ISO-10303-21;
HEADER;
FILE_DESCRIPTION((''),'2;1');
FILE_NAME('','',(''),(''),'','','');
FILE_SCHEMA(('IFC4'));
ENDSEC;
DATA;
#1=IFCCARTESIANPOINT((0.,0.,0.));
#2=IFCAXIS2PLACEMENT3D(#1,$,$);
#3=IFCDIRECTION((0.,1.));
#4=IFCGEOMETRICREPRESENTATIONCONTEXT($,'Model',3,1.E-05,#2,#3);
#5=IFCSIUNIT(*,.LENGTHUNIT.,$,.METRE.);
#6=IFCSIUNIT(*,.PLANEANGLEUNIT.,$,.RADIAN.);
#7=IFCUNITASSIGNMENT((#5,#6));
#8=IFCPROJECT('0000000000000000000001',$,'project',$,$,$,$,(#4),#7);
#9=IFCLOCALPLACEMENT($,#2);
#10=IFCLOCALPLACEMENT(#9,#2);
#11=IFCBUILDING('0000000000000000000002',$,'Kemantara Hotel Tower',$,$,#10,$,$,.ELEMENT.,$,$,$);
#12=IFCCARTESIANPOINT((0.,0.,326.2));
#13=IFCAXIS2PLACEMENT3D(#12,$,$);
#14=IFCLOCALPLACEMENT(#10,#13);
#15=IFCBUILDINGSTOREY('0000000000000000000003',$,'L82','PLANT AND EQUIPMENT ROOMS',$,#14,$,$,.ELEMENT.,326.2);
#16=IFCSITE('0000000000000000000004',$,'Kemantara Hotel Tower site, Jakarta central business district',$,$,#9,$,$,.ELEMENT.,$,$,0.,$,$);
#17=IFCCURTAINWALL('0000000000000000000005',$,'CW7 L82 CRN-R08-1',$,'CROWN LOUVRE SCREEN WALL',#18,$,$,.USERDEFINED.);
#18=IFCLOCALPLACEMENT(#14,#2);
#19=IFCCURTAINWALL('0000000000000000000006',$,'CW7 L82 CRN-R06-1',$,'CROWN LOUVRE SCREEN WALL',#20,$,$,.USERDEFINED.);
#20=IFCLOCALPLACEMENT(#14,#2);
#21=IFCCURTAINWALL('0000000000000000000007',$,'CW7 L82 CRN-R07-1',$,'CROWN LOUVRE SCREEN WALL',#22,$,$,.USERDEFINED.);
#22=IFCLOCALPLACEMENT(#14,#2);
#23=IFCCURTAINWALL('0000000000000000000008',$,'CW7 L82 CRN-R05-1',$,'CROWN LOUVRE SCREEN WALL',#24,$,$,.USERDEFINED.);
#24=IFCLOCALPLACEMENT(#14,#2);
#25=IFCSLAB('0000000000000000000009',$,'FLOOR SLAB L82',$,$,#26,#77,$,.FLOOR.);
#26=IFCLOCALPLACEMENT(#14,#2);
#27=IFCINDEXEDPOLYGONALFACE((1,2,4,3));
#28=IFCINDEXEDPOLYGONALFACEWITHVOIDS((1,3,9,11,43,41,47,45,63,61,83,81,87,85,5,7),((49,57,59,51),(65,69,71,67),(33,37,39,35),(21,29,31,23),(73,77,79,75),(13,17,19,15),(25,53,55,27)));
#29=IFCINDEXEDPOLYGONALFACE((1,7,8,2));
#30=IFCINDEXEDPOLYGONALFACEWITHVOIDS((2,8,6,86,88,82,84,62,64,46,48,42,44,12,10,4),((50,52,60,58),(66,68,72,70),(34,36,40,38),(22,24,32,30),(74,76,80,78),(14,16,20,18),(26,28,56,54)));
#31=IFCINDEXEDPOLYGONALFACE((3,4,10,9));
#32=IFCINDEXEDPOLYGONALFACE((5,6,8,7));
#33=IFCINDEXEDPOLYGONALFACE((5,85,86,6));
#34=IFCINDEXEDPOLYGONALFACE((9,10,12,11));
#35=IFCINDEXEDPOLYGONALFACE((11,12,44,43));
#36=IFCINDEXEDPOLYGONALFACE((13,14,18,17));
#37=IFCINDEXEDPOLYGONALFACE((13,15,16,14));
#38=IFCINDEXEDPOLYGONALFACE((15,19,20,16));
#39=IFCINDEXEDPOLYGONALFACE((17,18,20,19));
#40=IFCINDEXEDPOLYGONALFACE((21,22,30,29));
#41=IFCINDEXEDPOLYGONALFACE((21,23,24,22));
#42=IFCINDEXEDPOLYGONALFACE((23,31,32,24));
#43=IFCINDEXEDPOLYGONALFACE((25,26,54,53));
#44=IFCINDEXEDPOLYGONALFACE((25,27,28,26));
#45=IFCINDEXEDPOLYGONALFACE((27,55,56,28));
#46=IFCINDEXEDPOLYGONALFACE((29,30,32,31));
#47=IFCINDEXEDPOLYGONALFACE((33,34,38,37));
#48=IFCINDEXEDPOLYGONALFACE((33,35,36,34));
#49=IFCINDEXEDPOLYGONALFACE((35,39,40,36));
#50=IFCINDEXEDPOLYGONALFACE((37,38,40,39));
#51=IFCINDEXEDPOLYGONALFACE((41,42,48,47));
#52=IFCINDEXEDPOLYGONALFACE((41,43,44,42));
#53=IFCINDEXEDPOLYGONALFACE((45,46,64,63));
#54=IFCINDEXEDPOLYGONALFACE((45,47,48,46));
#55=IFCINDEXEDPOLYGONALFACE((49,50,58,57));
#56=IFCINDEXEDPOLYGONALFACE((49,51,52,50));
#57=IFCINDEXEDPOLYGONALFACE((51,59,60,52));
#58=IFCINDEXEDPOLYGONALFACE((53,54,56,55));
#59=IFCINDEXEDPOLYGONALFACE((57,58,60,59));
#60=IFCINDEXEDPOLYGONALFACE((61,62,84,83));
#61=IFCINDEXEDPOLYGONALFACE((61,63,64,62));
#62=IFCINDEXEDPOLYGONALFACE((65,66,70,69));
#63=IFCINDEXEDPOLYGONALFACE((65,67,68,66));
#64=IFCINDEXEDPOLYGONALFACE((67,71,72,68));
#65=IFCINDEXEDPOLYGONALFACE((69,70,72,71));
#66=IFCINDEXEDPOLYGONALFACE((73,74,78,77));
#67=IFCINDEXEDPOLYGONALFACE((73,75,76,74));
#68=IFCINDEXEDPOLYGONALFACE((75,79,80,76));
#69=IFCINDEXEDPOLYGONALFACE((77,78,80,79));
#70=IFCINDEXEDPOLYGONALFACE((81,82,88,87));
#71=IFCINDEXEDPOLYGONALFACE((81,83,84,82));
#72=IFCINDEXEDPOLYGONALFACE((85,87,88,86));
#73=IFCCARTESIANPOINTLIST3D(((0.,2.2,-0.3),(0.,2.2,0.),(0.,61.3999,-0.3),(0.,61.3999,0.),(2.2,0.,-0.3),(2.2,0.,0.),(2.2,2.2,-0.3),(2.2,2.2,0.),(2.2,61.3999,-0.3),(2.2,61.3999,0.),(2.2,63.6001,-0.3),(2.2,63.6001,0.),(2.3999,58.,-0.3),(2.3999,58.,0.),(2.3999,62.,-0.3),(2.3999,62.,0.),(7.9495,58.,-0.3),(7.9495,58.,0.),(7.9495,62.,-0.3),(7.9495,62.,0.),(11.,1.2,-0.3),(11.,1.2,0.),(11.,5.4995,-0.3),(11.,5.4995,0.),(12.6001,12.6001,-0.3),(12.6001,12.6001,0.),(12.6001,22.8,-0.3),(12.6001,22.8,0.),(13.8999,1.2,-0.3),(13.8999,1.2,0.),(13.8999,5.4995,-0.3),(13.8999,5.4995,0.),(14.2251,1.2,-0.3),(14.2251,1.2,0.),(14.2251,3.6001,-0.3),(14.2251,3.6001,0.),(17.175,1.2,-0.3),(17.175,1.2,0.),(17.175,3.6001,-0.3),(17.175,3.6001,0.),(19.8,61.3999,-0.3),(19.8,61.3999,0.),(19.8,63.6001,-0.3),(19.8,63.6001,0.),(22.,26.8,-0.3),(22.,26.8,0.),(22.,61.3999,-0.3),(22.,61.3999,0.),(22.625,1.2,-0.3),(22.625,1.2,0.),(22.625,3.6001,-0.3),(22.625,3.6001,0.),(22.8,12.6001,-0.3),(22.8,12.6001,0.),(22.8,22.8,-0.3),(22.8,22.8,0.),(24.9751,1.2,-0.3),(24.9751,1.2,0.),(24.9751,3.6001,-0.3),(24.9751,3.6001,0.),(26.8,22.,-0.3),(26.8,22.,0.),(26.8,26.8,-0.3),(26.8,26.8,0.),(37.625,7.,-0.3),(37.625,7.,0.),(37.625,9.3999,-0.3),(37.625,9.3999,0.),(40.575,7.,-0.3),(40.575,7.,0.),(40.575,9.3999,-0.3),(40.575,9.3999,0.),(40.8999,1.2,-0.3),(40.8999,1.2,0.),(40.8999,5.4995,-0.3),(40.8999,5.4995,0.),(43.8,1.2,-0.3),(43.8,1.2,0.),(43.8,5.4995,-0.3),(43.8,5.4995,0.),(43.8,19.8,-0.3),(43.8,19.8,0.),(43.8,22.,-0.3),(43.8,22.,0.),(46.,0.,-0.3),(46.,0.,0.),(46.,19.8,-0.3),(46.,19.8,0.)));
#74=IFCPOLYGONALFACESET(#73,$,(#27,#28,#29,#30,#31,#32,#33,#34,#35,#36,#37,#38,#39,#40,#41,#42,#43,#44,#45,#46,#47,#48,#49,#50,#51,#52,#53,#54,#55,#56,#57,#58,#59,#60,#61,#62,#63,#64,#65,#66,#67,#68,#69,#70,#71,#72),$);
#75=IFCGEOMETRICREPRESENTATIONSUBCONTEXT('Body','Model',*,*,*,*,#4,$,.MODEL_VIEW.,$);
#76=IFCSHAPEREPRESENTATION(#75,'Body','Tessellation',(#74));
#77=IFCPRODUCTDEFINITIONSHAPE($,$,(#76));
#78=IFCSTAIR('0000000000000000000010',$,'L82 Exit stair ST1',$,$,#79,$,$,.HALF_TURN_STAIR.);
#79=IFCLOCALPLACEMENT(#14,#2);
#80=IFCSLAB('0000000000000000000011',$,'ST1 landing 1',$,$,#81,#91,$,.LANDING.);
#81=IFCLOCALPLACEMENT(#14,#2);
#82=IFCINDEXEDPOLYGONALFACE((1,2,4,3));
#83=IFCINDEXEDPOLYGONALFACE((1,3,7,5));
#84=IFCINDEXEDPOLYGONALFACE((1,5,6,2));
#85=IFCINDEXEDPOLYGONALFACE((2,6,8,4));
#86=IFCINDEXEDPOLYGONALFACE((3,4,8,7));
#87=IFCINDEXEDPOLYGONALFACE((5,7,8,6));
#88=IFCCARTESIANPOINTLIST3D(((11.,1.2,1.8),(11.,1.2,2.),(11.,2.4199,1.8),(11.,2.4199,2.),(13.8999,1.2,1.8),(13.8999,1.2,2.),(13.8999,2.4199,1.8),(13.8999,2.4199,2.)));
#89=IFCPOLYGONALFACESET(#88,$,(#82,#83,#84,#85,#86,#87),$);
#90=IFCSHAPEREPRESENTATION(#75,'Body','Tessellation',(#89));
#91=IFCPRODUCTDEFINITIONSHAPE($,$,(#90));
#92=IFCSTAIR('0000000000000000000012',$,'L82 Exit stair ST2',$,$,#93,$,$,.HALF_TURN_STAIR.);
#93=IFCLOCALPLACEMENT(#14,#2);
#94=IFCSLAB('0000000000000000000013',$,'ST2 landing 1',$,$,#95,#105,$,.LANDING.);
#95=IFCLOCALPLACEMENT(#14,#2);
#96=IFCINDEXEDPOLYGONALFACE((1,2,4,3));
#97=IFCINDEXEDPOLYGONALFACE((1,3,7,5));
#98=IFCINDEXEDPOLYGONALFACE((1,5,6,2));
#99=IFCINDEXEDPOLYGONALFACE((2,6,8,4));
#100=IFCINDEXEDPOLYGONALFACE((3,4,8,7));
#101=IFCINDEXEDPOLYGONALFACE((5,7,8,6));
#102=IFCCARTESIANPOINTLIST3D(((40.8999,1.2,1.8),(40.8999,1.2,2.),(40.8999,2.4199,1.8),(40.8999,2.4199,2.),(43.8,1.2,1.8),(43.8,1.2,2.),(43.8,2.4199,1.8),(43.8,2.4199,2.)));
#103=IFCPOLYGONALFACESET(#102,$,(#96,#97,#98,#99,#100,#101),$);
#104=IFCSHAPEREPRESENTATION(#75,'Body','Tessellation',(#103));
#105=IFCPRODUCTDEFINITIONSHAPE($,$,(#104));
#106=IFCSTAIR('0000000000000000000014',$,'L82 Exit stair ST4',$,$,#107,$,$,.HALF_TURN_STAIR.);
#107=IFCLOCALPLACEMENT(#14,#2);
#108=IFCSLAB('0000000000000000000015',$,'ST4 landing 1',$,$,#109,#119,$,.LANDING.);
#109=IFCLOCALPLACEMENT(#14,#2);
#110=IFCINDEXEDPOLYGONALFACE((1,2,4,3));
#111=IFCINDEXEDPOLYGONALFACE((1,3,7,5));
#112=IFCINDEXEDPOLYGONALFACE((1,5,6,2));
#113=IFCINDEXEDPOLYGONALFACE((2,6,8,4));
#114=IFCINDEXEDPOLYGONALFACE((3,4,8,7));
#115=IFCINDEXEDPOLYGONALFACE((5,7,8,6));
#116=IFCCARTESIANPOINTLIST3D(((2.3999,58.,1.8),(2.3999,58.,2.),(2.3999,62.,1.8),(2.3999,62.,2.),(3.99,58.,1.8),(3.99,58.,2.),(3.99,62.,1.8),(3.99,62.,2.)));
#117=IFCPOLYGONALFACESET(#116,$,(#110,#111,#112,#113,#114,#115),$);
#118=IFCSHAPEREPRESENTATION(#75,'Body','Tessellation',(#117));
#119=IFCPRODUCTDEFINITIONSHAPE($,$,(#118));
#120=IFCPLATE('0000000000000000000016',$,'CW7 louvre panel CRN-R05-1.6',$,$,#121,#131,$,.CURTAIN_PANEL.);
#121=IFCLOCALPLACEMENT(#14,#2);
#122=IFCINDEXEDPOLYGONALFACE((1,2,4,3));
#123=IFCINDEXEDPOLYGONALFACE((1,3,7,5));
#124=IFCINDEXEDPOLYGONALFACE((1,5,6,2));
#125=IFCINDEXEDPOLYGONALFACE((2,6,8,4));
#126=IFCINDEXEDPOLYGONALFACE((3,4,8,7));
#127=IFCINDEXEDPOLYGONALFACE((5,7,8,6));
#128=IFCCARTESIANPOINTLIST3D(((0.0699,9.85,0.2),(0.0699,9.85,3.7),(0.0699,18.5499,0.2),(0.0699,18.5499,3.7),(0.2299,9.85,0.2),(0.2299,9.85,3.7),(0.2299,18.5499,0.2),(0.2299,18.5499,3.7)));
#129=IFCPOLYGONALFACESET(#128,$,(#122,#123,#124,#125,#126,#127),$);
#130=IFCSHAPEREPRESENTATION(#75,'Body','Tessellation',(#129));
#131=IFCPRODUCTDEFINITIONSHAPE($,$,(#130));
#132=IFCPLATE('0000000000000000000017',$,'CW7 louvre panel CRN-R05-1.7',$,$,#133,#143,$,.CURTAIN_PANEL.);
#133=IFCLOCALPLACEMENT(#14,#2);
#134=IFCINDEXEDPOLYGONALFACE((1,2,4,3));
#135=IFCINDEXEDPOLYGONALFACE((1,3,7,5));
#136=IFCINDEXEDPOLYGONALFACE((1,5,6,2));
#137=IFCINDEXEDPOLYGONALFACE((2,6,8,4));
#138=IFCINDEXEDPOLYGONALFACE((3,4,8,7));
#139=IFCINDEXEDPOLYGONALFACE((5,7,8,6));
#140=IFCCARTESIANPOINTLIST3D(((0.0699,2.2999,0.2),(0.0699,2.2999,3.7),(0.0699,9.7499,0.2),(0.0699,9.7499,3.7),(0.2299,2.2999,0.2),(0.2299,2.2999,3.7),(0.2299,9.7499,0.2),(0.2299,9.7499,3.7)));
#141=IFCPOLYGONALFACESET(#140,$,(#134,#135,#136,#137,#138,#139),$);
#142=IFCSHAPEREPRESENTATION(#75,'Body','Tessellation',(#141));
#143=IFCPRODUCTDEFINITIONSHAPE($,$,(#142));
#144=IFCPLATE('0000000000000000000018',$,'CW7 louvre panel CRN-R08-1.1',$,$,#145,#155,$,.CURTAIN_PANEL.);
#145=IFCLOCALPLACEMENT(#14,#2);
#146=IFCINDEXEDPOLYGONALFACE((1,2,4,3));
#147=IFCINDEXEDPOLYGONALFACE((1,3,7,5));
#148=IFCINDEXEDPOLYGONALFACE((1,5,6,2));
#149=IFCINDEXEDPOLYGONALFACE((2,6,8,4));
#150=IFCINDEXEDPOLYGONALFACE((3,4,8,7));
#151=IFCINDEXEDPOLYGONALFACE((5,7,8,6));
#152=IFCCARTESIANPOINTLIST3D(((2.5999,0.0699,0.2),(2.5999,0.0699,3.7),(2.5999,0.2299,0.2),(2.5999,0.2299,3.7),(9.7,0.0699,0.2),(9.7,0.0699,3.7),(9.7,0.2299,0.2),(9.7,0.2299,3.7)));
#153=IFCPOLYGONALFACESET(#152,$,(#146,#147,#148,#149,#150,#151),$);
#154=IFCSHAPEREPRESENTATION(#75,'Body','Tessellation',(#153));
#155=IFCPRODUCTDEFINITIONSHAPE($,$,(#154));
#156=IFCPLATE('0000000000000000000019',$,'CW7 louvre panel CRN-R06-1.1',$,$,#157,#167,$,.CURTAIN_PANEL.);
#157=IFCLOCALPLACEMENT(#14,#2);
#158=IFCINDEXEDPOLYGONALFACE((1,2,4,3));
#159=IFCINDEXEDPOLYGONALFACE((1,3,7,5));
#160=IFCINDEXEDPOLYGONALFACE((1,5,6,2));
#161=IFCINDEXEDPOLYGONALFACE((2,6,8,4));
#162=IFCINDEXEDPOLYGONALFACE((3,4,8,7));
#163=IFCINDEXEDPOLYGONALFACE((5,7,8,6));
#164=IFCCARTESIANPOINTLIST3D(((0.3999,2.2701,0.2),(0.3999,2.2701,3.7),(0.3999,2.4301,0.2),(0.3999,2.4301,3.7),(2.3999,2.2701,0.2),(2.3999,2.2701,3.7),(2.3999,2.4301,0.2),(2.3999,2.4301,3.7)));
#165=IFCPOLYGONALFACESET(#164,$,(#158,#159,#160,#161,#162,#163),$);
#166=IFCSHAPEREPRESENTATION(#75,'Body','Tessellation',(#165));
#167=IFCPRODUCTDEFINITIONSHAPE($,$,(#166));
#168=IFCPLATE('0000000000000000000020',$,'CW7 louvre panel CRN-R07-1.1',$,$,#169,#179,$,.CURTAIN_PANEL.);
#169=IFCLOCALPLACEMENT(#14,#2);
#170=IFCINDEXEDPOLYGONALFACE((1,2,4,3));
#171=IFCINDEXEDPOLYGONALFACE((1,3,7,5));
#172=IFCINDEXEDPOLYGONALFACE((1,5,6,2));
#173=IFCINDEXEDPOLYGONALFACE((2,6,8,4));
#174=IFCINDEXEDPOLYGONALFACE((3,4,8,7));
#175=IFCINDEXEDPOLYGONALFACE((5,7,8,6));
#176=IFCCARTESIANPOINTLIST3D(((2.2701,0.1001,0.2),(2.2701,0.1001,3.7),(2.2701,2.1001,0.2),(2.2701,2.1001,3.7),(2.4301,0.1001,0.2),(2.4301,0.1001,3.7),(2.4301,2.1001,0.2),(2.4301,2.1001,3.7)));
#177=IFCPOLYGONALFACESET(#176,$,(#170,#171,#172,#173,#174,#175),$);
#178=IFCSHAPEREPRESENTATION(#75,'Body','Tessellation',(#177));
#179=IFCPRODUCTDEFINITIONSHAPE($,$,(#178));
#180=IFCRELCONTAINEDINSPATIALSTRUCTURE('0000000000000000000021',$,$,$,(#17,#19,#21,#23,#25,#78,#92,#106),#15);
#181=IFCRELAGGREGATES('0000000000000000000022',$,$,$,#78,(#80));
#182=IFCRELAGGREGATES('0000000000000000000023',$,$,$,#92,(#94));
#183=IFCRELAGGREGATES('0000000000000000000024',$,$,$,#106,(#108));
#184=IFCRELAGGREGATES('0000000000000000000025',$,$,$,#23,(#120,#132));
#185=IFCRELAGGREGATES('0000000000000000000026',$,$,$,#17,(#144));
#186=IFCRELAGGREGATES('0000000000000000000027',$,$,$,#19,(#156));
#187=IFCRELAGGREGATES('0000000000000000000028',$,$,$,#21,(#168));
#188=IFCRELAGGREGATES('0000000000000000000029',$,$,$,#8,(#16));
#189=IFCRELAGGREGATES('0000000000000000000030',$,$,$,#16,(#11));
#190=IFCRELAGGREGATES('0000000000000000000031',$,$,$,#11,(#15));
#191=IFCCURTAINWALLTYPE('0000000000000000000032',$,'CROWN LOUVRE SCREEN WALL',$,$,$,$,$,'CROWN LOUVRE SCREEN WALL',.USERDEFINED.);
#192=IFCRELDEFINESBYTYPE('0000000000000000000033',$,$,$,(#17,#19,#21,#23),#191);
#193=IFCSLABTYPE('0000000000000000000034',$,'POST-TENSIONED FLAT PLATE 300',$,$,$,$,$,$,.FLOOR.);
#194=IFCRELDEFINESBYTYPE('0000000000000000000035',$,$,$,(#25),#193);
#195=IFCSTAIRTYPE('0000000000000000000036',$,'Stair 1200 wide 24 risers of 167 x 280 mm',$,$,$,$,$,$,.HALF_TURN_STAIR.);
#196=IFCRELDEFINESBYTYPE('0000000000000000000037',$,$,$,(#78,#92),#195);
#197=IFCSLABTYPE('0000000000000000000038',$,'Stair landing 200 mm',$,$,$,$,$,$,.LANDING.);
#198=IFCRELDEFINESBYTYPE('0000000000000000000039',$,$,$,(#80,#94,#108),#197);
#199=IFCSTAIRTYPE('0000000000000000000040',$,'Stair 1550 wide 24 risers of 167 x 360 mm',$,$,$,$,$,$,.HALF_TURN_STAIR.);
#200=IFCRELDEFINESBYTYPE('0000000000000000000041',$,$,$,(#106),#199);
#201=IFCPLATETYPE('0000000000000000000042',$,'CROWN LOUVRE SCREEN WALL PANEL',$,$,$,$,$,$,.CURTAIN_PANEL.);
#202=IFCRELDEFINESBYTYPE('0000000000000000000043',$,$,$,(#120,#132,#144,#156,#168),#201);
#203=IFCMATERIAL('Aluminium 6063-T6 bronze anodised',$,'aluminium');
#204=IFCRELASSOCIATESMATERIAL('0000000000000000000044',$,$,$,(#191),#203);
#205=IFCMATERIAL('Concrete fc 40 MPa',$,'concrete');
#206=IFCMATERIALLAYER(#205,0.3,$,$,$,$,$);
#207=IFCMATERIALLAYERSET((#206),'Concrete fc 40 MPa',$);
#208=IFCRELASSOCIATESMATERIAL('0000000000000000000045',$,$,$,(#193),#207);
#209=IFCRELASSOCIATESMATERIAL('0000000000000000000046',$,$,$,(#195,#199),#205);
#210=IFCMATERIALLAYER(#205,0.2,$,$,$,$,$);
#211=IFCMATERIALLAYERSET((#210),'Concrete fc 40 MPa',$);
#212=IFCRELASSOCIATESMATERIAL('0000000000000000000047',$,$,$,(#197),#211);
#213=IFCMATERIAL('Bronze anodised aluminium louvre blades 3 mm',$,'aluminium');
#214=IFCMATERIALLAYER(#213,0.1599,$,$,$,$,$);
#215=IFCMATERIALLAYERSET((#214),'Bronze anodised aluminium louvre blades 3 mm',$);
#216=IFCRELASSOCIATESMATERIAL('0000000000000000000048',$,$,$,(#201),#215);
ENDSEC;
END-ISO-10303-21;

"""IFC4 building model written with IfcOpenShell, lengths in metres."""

from ifc_helpers import new_model, si_unit, direction, frame, origin, origin_2d, place, context, subcontext, project, spatial, polyline, rectangle, outline, extrude, source, transform, mapped, material, layer, layer_set, type_object, element, aggregate, save


model = new_model("IFC4")

# Units and contexts
model_context = context("Model", 3, precision=1e-05, world=origin(), true_north=direction((0.0, 1.0)))
body_context = subcontext(model_context, "Body", "Model", "MODEL_VIEW")
ifc_project = project(units=[si_unit("LENGTHUNIT", "METRE"), si_unit("PLANEANGLEUNIT", "RADIAN")], contexts=[model_context])

# Site, building, storey
site_placement = place(None, origin())
site = spatial("IfcSite", under=ifc_project, at=site_placement, Name="Kemantara Hotel Tower site, Jakarta central business district", CompositionType="ELEMENT", RefElevation=0.0)
building_placement = place(site_placement, origin())
building = spatial("IfcBuilding", under=site, at=building_placement, Name="Kemantara Hotel Tower", CompositionType="ELEMENT")
storey_placement = place(building_placement, frame((0.0, 0.0, 326.2)))
storey = spatial("IfcBuildingStorey", under=building, at=storey_placement, Name="L82", Description="PLANT AND EQUIPMENT ROOMS", CompositionType="ELEMENT", Elevation=326.2)

# Curtain walls
ifc_material_1 = material(Name="Aluminium 6063-T6 bronze anodised", Category="aluminium")
curtain_wall_type = type_object("IfcCurtainWallType", Name="CROWN LOUVRE SCREEN WALL", ElementType="CROWN LOUVRE SCREEN WALL", PredefinedType="USERDEFINED", material=ifc_material_1)
curtain_wall_1_placement = place(storey_placement, origin())
curtain_wall_1 = element("IfcCurtainWall", 1, at=curtain_wall_1_placement, inside=storey, type_object=curtain_wall_type, Name="CW7 L82 CRN-R08-1", ObjectType="CROWN LOUVRE SCREEN WALL", PredefinedType="USERDEFINED")
curtain_wall_2_placement = place(storey_placement, origin())
curtain_wall_2 = element("IfcCurtainWall", 2, at=curtain_wall_2_placement, inside=storey, type_object=curtain_wall_type, Name="CW7 L82 CRN-R06-1", ObjectType="CROWN LOUVRE SCREEN WALL", PredefinedType="USERDEFINED")
curtain_wall_3_placement = place(storey_placement, origin())
curtain_wall_3 = element("IfcCurtainWall", 3, at=curtain_wall_3_placement, inside=storey, type_object=curtain_wall_type, Name="CW7 L82 CRN-R07-1", ObjectType="CROWN LOUVRE SCREEN WALL", PredefinedType="USERDEFINED")

# Curtain wall
curtain_wall_4_placement = place(storey_placement, origin())
curtain_wall_4 = element("IfcCurtainWall", 4, at=curtain_wall_4_placement, inside=storey, type_object=curtain_wall_type, Name="CW7 L82 CRN-R05-1", ObjectType="CROWN LOUVRE SCREEN WALL", PredefinedType="USERDEFINED")

# Slab
ifc_material_2 = material(Name="Concrete fc 40 MPa", Category="concrete")
ifc_layer_1 = layer(ifc_material_2, 0.3)
ifc_layer_set_1 = layer_set([ifc_layer_1], Name="Concrete fc 40 MPa")
slab_type_1 = type_object("IfcSlabType", Name="POST-TENSIONED FLAT PLATE 300", PredefinedType="FLOOR", material=ifc_layer_set_1)
slab_1_placement = place(storey_placement, frame((0.0, 0.0, -0.3)))
element("IfcSlab", 5, at=slab_1_placement, inside=storey, type_object=slab_type_1, Name="FLOOR SLAB L82", PredefinedType="FLOOR", context=body_context, shape_type="SweptSolid", body=[
    extrude(outline(polyline([(22.0, 26.8), (22.0, 61.3999), (19.8, 61.3999), (19.8, 63.6001), (2.2, 63.6001), (2.2, 61.3999), (0.0, 61.3999), (0.0, 2.2), (2.2, 2.2), (2.2, 0.0), (46.0, 0.0), (46.0, 19.8), (43.8, 19.8), (43.8, 22.0), (26.8, 22.0), (26.8, 26.8), (22.0, 26.8)]), holes=[polyline([(14.2251, 3.6001), (17.175, 3.6001), (17.175, 1.2), (14.2251, 1.2), (14.2251, 3.6001)]), polyline([(24.9751, 3.6001), (24.9751, 1.2), (22.625, 1.2), (22.625, 3.6001), (24.9751, 3.6001)]), polyline([(13.8999, 1.2), (11.0, 1.2), (11.0, 5.4995), (13.8999, 5.4995), (13.8999, 1.2)]), polyline([(43.8, 1.2), (40.8999, 1.2), (40.8999, 5.4995), (43.8, 5.4995), (43.8, 1.2)]), polyline([(40.575, 9.3999), (40.575, 7.0), (37.625, 7.0), (37.625, 9.3999), (40.575, 9.3999)]), polyline([(22.8, 22.8), (22.8, 12.6001), (12.6001, 12.6001), (12.6001, 22.8), (22.8, 22.8)]), polyline([(2.3999, 58.0), (2.3999, 62.0), (7.9495, 62.0), (7.9495, 58.0), (2.3999, 58.0)])]), origin(), (0.0, 0.0, 1.0), 0.3),
])

# Stairs, slabs
stair_type_1 = type_object("IfcStairType", Name="Stair 1200 wide 24 risers of 167 x 280 mm", PredefinedType="HALF_TURN_STAIR", material=ifc_material_2)
stair_1_placement = place(storey_placement, origin())
stair_1 = element("IfcStair", 6, at=stair_1_placement, inside=storey, type_object=stair_type_1, Name="L82 Exit stair ST1", PredefinedType="HALF_TURN_STAIR")
ifc_layer_2 = layer(ifc_material_2, 0.2)
ifc_layer_set_2 = layer_set([ifc_layer_2], Name="Concrete fc 40 MPa")
slab_type_2 = type_object("IfcSlabType", Name="Stair landing 200 mm", PredefinedType="LANDING", material=ifc_layer_set_2)
slab_2_placement = place(storey_placement, frame((0.0, 0.0, 1.8)))
slab_2 = element("IfcSlab", 7, at=slab_2_placement, type_object=slab_type_2, Name="ST1 landing 1", PredefinedType="LANDING", context=body_context, shape_type="SweptSolid", body=[
    extrude(outline(polyline([(11.0, 2.4199), (11.0, 1.2), (13.8999, 1.2), (13.8999, 2.4199), (11.0, 2.4199)])), origin(), (0.0, 0.0, 1.0), 0.2),
])
aggregate(stair_1, [slab_2])
stair_2_placement = place(storey_placement, origin())
stair_2 = element("IfcStair", 8, at=stair_2_placement, inside=storey, type_object=stair_type_1, Name="L82 Exit stair ST2", PredefinedType="HALF_TURN_STAIR")
slab_3_placement = place(storey_placement, frame((0.0, 0.0, 1.8)))
slab_3 = element("IfcSlab", 9, at=slab_3_placement, type_object=slab_type_2, Name="ST2 landing 1", PredefinedType="LANDING", context=body_context, shape_type="SweptSolid", body=[
    extrude(outline(polyline([(40.8999, 2.4199), (40.8999, 1.2), (43.8, 1.2), (43.8, 2.4199), (40.8999, 2.4199)])), origin(), (0.0, 0.0, 1.0), 0.2),
])
aggregate(stair_2, [slab_3])
stair_type_2 = type_object("IfcStairType", Name="Stair 1550 wide 24 risers of 167 x 360 mm", PredefinedType="HALF_TURN_STAIR", material=ifc_material_2)
stair_3_placement = place(storey_placement, origin())
stair_3 = element("IfcStair", 10, at=stair_3_placement, inside=storey, type_object=stair_type_2, Name="L82 Exit stair ST4", PredefinedType="HALF_TURN_STAIR")
slab_4_placement = place(storey_placement, frame((0.0, 0.0, 1.8)))
slab_4 = element("IfcSlab", 11, at=slab_4_placement, type_object=slab_type_2, Name="ST4 landing 1", PredefinedType="LANDING", context=body_context, shape_type="SweptSolid", body=[
    extrude(outline(polyline([(3.99, 62.0), (2.3999, 62.0), (2.3999, 58.0), (3.99, 58.0), (3.99, 62.0)])), origin(), (0.0, 0.0, 1.0), 0.2),
])
aggregate(stair_3, [slab_4])

# Plates
ifc_material_3 = material(Name="Bronze anodised aluminium louvre blades 3 mm", Category="aluminium")
ifc_layer_3 = layer(ifc_material_3, 0.1599)
ifc_layer_set_3 = layer_set([ifc_layer_3], Name="Bronze anodised aluminium louvre blades 3 mm")
plate_type = type_object("IfcPlateType", Name="CROWN LOUVRE SCREEN WALL PANEL", PredefinedType="CURTAIN_PANEL", material=ifc_layer_set_3)
shared_shape_1 = source(origin(), body_context, "Body", "SweptSolid", [
    extrude(rectangle(XDim=8.7, YDim=0.1599, at=origin_2d()), origin(), (0.0, 0.0, 1.0), 3.5),
])
plate_1_placement = place(storey_placement, frame((0.1499, 14.2, 0.2), z_axis=(0.0, 0.0, 1.0), x_axis=(0.0, -1.0, 0.0)))
plate_1 = element("IfcPlate", 12, at=plate_1_placement, type_object=plate_type, Name="CW7 louvre panel CRN-R05-1.6", PredefinedType="CURTAIN_PANEL", context=body_context, shape_type="MappedRepresentation", body=[
    mapped(shared_shape_1, transform((0.0, 0.0, 0.0))),
])
shared_shape_2 = source(origin(), body_context, "Body", "SweptSolid", [
    extrude(rectangle(XDim=7.45, YDim=0.1599, at=origin_2d()), origin(), (0.0, 0.0, 1.0), 3.5),
])
plate_2_placement = place(storey_placement, frame((0.1499, 6.0249, 0.2), z_axis=(0.0, 0.0, 1.0), x_axis=(0.0, -1.0, 0.0)))
plate_2 = element("IfcPlate", 13, at=plate_2_placement, type_object=plate_type, Name="CW7 louvre panel CRN-R05-1.7", PredefinedType="CURTAIN_PANEL", context=body_context, shape_type="MappedRepresentation", body=[
    mapped(shared_shape_2, transform((0.0, 0.0, 0.0))),
])
aggregate(curtain_wall_4, [plate_1, plate_2])
shared_shape_3 = source(origin(), body_context, "Body", "SweptSolid", [
    extrude(rectangle(XDim=7.1001, YDim=0.1599, at=origin_2d()), origin(), (0.0, 0.0, 1.0), 3.5),
])
plate_3_placement = place(storey_placement, frame((6.1499, 0.1499, 0.2), z_axis=(0.0, 0.0, 1.0), x_axis=(1.0, 0.0, 0.0)))
plate_3 = element("IfcPlate", 14, at=plate_3_placement, type_object=plate_type, Name="CW7 louvre panel CRN-R08-1.1", PredefinedType="CURTAIN_PANEL", context=body_context, shape_type="MappedRepresentation", body=[
    mapped(shared_shape_3, transform((0.0, 0.0, 0.0))),
])
aggregate(curtain_wall_1, [plate_3])
shared_shape_4 = source(origin(), body_context, "Body", "SweptSolid", [
    extrude(rectangle(XDim=2.0, YDim=0.1599, at=origin_2d()), origin(), (0.0, 0.0, 1.0), 3.5),
])
plate_4_placement = place(storey_placement, frame((1.3999, 2.3501, 0.2), z_axis=(0.0, 0.0, 1.0), x_axis=(1.0, 0.0, 0.0)))
plate_4 = element("IfcPlate", 15, at=plate_4_placement, type_object=plate_type, Name="CW7 louvre panel CRN-R06-1.1", PredefinedType="CURTAIN_PANEL", context=body_context, shape_type="MappedRepresentation", body=[
    mapped(shared_shape_4, transform((0.0, 0.0, 0.0))),
])
aggregate(curtain_wall_2, [plate_4])
plate_5_placement = place(storey_placement, frame((2.3501, 1.1001, 0.2), z_axis=(0.0, 0.0, 1.0), x_axis=(0.0, -1.0, 0.0)))
plate_5 = element("IfcPlate", 16, at=plate_5_placement, type_object=plate_type, Name="CW7 louvre panel CRN-R07-1.1", PredefinedType="CURTAIN_PANEL", context=body_context, shape_type="MappedRepresentation", body=[
    mapped(shared_shape_4, transform((0.0, 0.0, 0.0))),
])
aggregate(curtain_wall_3, [plate_5])

save(model, "model.ifc")
